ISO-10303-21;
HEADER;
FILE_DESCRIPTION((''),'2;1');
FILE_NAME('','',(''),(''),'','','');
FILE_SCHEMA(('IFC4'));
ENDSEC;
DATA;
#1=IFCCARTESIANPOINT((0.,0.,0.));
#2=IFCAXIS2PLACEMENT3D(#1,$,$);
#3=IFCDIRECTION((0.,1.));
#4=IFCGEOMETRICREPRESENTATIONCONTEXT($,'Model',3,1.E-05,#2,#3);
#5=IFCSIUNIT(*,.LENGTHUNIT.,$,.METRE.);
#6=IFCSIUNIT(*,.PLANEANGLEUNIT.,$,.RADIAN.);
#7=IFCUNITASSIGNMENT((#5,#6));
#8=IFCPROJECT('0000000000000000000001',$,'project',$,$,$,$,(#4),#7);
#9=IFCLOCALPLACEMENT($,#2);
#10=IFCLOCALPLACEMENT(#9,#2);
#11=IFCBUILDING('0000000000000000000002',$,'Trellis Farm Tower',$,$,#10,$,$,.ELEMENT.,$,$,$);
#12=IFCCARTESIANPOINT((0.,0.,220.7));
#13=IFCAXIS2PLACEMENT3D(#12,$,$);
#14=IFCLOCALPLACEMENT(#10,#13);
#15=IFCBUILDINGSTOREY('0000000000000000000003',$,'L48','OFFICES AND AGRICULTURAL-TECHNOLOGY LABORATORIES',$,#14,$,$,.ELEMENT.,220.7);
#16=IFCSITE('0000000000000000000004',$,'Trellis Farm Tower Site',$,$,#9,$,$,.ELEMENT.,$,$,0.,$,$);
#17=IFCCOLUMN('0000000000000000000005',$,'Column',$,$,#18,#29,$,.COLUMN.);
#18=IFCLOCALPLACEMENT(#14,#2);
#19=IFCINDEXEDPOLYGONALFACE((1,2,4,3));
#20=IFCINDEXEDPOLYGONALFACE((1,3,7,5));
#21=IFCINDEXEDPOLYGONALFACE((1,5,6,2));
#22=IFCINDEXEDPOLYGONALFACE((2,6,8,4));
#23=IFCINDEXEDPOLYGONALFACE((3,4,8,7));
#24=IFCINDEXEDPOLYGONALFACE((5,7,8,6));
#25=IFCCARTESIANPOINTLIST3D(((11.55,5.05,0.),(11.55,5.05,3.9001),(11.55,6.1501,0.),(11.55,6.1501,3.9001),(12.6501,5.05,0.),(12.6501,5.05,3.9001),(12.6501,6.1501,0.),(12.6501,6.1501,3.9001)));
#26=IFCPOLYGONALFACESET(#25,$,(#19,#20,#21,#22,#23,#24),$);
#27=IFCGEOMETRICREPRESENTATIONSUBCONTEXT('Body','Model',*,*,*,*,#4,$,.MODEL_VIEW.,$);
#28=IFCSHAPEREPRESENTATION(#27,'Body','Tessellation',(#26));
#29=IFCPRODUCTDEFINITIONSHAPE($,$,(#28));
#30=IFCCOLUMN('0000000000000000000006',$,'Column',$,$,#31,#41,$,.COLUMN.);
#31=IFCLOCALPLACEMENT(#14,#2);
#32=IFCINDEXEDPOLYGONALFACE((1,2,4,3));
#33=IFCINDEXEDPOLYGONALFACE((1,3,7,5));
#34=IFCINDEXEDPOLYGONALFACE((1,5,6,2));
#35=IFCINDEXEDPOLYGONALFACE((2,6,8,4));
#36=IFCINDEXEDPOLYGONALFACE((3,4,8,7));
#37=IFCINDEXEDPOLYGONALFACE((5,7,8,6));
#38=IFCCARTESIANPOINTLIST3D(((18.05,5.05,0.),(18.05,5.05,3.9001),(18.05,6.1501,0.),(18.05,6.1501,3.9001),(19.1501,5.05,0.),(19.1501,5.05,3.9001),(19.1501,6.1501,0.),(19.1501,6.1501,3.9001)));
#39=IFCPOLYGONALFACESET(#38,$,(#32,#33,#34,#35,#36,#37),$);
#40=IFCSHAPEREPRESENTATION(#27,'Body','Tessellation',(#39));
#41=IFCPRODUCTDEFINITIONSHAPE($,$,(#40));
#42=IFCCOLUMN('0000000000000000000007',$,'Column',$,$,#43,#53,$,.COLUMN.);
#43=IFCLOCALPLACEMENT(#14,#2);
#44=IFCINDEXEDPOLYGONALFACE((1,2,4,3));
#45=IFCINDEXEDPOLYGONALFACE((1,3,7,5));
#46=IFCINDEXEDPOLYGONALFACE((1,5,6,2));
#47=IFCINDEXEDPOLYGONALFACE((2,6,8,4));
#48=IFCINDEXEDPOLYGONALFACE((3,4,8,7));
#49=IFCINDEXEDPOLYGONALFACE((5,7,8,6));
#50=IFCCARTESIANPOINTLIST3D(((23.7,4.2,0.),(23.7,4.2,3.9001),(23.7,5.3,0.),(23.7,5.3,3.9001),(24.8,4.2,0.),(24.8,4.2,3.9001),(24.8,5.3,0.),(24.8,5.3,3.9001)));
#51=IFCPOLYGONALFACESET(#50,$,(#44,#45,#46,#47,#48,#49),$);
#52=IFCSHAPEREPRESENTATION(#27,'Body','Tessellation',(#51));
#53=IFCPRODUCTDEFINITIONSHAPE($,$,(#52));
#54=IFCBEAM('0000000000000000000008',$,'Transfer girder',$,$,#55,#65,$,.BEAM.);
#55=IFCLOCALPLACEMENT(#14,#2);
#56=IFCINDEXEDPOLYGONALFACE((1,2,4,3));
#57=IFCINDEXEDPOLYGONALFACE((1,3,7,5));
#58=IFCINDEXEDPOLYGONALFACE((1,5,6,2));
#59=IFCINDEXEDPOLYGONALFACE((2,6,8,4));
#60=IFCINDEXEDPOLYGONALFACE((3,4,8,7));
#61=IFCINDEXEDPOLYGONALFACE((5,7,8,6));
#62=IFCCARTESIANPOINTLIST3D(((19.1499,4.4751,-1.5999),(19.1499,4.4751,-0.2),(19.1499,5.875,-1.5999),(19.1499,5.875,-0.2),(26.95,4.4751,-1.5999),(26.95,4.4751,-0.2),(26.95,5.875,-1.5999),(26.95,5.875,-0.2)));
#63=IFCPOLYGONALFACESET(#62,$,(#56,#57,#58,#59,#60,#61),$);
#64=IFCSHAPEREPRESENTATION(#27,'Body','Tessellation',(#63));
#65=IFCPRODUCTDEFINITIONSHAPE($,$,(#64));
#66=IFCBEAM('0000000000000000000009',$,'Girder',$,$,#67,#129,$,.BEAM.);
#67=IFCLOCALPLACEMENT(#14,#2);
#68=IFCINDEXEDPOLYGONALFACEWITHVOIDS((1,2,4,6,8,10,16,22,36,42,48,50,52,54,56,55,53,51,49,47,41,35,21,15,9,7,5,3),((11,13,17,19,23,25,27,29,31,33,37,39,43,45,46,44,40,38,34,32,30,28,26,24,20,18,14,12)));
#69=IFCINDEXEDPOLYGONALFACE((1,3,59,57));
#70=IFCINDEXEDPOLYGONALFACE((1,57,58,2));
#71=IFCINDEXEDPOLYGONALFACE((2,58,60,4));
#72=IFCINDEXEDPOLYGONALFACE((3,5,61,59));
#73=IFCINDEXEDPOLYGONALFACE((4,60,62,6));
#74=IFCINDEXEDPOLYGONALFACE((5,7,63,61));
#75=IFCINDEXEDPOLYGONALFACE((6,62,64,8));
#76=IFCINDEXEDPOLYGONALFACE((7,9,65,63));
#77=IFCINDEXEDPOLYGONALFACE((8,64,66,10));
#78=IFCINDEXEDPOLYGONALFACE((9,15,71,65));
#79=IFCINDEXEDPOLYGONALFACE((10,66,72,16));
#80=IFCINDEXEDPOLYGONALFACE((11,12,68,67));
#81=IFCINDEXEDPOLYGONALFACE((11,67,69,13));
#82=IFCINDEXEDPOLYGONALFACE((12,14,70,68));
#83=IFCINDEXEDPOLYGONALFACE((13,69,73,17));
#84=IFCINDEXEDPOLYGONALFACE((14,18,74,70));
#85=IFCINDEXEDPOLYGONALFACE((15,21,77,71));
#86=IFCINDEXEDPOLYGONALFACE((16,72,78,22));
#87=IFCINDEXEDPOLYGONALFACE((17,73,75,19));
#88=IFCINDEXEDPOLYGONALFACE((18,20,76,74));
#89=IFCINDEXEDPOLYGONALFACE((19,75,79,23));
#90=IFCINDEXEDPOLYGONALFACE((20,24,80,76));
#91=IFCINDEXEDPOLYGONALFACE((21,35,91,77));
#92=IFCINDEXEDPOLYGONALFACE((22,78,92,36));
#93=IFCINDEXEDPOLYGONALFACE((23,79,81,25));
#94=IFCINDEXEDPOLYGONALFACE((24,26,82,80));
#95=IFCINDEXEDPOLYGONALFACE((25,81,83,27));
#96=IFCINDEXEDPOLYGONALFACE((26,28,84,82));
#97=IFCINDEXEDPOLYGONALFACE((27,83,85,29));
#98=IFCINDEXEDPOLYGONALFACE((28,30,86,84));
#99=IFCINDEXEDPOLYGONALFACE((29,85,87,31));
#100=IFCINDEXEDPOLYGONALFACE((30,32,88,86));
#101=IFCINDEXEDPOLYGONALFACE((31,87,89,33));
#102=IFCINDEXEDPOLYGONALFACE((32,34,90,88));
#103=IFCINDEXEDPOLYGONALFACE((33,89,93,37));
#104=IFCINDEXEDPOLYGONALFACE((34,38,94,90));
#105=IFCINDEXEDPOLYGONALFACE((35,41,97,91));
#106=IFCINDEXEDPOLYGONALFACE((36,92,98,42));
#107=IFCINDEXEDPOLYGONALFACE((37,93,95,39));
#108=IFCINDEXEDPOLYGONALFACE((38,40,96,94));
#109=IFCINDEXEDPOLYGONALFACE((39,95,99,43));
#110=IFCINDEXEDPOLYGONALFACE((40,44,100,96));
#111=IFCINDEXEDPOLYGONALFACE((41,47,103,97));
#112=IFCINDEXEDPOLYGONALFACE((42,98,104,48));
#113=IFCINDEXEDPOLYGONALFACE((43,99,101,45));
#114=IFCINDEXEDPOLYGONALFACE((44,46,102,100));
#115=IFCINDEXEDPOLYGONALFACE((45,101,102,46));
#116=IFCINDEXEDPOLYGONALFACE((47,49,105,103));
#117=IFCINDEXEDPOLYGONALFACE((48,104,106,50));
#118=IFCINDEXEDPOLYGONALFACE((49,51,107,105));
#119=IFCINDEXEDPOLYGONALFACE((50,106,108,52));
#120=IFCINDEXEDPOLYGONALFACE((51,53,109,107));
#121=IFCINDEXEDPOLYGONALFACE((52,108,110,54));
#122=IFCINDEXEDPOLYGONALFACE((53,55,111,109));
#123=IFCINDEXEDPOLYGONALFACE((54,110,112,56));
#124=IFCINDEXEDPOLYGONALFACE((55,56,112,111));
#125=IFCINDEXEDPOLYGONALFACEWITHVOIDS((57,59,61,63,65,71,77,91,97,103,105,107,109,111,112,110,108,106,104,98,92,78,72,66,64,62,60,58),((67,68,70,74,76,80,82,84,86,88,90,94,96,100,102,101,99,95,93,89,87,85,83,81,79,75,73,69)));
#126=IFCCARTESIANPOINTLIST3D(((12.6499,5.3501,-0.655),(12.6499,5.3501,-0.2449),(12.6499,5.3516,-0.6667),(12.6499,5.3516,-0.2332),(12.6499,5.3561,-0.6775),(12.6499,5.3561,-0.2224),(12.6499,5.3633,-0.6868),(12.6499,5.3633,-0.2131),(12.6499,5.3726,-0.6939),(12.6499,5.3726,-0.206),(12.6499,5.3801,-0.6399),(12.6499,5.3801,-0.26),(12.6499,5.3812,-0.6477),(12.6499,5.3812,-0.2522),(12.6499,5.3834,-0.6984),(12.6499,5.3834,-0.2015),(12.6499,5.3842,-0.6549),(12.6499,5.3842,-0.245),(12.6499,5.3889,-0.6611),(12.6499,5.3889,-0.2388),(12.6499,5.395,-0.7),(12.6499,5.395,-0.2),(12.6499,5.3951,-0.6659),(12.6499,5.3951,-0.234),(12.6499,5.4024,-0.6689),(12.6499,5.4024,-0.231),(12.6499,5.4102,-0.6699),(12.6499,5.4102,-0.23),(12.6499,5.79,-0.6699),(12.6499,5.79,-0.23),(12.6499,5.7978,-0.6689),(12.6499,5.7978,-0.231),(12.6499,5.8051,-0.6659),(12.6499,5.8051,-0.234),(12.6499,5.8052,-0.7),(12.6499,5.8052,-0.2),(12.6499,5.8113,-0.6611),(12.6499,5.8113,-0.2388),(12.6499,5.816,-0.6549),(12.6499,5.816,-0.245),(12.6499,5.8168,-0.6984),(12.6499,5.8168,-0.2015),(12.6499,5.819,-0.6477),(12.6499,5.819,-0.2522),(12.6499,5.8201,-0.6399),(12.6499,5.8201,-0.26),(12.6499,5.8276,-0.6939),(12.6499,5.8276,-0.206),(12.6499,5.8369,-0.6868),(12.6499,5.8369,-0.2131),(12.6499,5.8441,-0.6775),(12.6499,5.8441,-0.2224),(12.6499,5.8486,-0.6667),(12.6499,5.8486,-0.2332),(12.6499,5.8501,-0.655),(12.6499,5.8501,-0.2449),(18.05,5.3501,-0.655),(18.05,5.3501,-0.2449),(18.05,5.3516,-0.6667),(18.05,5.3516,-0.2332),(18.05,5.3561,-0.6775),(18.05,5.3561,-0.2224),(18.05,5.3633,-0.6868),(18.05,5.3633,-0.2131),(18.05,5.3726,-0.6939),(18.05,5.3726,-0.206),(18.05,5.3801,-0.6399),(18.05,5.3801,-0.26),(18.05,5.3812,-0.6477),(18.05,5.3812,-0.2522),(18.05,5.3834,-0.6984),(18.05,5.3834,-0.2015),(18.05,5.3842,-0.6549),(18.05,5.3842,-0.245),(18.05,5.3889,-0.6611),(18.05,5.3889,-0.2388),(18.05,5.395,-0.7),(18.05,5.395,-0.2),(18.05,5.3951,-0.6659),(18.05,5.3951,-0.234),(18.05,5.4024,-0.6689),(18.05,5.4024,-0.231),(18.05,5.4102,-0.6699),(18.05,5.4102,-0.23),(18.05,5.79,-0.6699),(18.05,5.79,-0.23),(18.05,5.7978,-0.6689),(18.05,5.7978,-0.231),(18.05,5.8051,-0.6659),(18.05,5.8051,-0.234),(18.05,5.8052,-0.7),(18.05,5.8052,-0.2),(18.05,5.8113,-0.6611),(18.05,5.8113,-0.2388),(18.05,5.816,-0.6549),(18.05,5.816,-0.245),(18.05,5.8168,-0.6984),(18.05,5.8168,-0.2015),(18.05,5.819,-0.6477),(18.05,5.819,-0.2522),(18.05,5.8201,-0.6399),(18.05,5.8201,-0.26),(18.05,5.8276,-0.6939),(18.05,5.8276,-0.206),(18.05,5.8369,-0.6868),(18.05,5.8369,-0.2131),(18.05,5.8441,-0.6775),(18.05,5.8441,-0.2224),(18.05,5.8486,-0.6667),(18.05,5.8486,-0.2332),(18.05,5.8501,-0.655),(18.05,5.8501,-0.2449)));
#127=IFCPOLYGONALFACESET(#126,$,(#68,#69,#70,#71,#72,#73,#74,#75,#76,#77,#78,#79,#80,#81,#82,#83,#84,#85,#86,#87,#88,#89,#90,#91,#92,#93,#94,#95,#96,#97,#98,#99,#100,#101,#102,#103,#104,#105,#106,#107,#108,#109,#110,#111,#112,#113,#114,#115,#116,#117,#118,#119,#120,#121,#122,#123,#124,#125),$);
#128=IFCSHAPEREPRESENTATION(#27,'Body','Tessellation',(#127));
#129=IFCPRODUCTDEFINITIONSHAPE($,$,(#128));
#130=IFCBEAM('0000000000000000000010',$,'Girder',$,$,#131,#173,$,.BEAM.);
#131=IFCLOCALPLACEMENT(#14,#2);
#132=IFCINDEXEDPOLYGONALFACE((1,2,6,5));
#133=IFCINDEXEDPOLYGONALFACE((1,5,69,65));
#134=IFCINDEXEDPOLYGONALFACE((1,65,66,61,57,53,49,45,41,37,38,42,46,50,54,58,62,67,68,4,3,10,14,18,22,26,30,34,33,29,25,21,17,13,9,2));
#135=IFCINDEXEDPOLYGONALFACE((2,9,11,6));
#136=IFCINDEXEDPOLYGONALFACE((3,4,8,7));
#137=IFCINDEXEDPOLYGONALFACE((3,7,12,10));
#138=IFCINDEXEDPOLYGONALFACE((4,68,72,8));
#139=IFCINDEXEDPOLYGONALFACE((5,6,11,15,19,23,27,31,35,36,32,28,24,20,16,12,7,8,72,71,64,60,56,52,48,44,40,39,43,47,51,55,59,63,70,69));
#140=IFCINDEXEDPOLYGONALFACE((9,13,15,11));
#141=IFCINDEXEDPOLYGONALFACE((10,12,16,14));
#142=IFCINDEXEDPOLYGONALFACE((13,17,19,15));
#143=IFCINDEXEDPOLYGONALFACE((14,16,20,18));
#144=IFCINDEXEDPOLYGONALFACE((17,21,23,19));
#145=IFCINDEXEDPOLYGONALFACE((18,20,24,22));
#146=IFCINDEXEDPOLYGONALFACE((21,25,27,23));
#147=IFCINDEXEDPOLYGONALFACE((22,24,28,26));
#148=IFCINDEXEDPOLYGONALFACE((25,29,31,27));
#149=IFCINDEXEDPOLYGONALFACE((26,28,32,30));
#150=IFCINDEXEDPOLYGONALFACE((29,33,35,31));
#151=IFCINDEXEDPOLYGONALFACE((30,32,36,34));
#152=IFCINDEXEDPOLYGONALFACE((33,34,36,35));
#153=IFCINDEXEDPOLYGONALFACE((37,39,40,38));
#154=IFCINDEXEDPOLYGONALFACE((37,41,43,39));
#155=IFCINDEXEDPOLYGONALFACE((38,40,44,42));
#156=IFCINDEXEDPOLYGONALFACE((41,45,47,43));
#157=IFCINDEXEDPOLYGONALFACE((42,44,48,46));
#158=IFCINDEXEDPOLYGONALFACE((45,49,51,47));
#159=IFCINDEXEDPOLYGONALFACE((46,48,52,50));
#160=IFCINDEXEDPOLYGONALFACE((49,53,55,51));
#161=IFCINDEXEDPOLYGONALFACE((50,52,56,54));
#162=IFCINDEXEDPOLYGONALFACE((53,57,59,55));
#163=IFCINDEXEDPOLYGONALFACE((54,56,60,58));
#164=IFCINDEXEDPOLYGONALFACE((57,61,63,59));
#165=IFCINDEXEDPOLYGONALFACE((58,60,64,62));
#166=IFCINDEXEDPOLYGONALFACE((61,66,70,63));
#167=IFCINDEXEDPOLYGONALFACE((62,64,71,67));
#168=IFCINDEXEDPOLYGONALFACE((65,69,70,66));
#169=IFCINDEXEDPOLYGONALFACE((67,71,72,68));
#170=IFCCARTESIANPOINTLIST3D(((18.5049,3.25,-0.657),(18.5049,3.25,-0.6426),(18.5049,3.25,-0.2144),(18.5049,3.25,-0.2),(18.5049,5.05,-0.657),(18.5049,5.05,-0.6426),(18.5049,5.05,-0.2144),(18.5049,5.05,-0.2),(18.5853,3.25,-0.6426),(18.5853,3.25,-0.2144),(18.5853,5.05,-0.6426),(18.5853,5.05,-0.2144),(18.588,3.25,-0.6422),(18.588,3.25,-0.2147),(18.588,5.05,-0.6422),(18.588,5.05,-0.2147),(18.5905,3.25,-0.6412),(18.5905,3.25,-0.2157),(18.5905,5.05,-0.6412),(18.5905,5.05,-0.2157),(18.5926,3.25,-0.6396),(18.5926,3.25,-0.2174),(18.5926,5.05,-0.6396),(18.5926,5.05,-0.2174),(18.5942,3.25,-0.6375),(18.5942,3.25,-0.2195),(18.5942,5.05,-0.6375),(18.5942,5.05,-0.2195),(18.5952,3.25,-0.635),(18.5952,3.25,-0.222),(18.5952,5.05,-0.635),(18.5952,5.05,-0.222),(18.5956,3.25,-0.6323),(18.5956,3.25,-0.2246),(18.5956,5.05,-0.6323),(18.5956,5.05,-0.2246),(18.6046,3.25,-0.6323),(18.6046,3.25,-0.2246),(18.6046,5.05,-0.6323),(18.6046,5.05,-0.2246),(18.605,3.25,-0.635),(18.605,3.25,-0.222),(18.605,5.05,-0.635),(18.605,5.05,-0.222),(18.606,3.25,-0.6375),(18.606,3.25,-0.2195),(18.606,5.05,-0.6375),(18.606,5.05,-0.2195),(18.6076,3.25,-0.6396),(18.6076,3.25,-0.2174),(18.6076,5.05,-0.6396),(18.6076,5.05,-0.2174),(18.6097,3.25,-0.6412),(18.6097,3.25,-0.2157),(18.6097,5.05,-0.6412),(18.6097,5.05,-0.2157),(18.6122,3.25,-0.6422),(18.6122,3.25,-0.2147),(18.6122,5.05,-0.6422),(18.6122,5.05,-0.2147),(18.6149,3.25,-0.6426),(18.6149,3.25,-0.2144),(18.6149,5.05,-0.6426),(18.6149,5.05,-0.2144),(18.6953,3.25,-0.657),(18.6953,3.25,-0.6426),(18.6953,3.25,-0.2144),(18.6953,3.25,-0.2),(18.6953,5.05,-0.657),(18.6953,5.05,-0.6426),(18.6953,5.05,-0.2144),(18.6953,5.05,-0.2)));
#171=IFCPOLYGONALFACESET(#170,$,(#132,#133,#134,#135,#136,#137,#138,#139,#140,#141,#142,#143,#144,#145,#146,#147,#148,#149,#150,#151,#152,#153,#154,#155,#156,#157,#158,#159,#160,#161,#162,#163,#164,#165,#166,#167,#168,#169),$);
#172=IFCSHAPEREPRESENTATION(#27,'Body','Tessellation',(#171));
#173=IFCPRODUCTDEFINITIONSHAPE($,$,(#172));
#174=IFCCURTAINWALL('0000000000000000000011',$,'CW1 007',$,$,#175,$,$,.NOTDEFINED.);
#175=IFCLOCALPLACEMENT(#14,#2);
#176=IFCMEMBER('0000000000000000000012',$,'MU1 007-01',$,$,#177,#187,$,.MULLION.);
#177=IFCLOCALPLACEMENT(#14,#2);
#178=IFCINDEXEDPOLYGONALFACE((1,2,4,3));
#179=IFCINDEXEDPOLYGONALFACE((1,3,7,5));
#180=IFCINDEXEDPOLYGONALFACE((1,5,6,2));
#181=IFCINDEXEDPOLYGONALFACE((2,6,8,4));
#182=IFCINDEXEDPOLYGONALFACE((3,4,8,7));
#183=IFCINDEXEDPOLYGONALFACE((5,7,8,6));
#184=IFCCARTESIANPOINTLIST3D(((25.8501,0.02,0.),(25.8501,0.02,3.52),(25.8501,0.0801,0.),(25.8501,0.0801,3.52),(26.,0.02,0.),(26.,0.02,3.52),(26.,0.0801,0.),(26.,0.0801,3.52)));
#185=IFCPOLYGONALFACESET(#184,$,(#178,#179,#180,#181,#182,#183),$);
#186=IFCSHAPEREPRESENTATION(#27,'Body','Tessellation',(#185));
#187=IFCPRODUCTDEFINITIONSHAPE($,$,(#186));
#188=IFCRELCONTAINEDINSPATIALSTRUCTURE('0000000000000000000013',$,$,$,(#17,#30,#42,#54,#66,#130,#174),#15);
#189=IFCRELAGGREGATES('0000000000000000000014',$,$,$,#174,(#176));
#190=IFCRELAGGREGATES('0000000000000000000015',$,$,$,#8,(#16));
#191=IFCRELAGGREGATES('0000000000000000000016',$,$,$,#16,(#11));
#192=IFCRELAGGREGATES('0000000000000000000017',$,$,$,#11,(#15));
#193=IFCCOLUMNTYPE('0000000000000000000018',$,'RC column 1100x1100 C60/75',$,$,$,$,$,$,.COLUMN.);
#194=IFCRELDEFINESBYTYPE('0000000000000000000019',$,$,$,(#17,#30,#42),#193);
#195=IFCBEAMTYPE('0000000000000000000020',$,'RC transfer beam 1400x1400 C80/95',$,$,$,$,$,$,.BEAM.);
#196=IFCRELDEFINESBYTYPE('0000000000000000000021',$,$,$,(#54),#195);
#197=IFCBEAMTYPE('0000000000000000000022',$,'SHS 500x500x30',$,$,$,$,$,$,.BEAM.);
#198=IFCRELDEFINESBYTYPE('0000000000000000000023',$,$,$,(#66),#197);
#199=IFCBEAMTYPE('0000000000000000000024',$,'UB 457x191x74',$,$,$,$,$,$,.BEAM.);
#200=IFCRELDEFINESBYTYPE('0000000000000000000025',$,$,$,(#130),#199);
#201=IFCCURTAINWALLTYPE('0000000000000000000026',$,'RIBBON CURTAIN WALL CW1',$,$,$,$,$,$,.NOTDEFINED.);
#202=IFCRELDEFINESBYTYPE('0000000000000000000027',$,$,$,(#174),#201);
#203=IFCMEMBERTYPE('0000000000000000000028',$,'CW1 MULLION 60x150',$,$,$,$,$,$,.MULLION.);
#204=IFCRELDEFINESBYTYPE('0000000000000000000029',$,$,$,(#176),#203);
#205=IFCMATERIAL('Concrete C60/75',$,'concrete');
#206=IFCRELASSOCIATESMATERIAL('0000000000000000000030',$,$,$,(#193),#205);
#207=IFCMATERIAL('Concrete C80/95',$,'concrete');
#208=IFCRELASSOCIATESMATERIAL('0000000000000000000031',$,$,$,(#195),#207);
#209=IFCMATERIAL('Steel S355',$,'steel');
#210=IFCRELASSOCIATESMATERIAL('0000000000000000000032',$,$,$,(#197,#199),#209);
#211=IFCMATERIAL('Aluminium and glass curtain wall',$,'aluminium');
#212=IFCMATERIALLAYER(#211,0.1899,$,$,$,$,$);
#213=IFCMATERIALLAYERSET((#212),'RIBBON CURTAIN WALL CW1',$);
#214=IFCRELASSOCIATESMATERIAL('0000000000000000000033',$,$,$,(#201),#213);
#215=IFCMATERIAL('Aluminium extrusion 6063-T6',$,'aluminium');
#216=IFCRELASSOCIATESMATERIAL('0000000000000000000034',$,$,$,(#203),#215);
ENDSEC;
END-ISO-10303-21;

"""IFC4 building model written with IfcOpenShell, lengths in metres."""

from ifc_helpers import new_model, si_unit, direction, frame, origin, origin_2d, place, context, subcontext, project, spatial, rectangle, hollow_rectangle, i_section, extrude, source, transform, mapped, material, layer, layer_set, material_profile, profile_set, type_object, element, aggregate, save


model = new_model("IFC4")

# Units and contexts
model_context = context("Model", 3, precision=1e-05, world=origin(), true_north=direction((0.0, 1.0)))
body_context = subcontext(model_context, "Body", "Model", "MODEL_VIEW")
ifc_project = project(units=[si_unit("LENGTHUNIT", "METRE"), si_unit("PLANEANGLEUNIT", "RADIAN")], contexts=[model_context])

# Site, building, storey
site_placement = place(None, origin())
site = spatial("IfcSite", under=ifc_project, at=site_placement, Name="Trellis Farm Tower Site", CompositionType="ELEMENT", RefElevation=0.0)
building_placement = place(site_placement, origin())
building = spatial("IfcBuilding", under=site, at=building_placement, Name="Trellis Farm Tower", CompositionType="ELEMENT")
storey_placement = place(building_placement, frame((0.0, 0.0, 220.7)))
storey = spatial("IfcBuildingStorey", under=building, at=storey_placement, Name="L48", Description="OFFICES AND AGRICULTURAL-TECHNOLOGY LABORATORIES", CompositionType="ELEMENT", Elevation=220.7)

# Columns
ifc_material_1 = material(Name="Concrete C60/75", Category="concrete")
ifc_material_profile_1 = material_profile(ifc_material_1, rectangle(XDim=1.1001, YDim=1.1001, at=origin_2d()), Name="RC column 1100x1100 C60/75")
ifc_profile_set_1 = profile_set([ifc_material_profile_1], Name="Concrete C60/75")
column_type = type_object("IfcColumnType", Name="RC column 1100x1100 C60/75", PredefinedType="COLUMN", material=ifc_profile_set_1)
shared_shape_1 = source(origin(), body_context, "Body", "SweptSolid", [
    extrude(rectangle(XDim=1.1001, YDim=1.1001, at=origin_2d()), origin(), (0.0, 0.0, 1.0), 3.9001),
])
for number, where, z_axis, x_axis, name in (
    (1, (12.1001, 5.6001, 0.0), (0.0, 0.0, 1.0), (1.0, 0.0, 0.0), "Column"),
    (2, (18.6001, 5.6001, 0.0), (0.0, 0.0, 1.0), (1.0, 0.0, 0.0), "Column"),
    (3, (24.25, 4.75, 0.0), (0.0, 0.0, 1.0), (1.0, 0.0, 0.0), "Column"),
):
    element("IfcColumn", number, at=place(storey_placement, frame(where, z_axis=z_axis, x_axis=x_axis)), inside=storey, type_object=column_type, Name=name, PredefinedType="COLUMN", context=body_context, shape_type="MappedRepresentation", body=[
        mapped(shared_shape_1, transform((0.0, 0.0, 0.0))),
    ])

# Beams
ifc_material_2 = material(Name="Concrete C80/95", Category="concrete")
ifc_material_profile_2 = material_profile(ifc_material_2, rectangle(XDim=1.3999, YDim=1.3999, at=origin_2d()), Name="RC transfer beam 1400x1400 C80/95")
ifc_profile_set_2 = profile_set([ifc_material_profile_2], Name="Concrete C80/95")
beam_type_1 = type_object("IfcBeamType", Name="RC transfer beam 1400x1400 C80/95", PredefinedType="BEAM", material=ifc_profile_set_2)
beam_1_placement = place(storey_placement, frame((19.1499, 5.175, -0.8999), z_axis=(1.0, 0.0, 0.0), x_axis=(0.0, 1.0, 0.0)))
element("IfcBeam", 4, at=beam_1_placement, inside=storey, type_object=beam_type_1, Name="Transfer girder", PredefinedType="BEAM", context=body_context, shape_type="SweptSolid", body=[
    extrude(rectangle(XDim=1.3999, YDim=1.3999, at=origin_2d()), origin(), (0.0, 0.0, 1.0), 7.8),
])
ifc_material_3 = material(Name="Steel S355", Category="steel")
ifc_material_profile_3 = material_profile(ifc_material_3, hollow_rectangle(XDim=0.5, YDim=0.5, WallThickness=0.03, InnerFilletRadius=0.03, OuterFilletRadius=0.0449, at=origin_2d()), Name="SHS 500x500x30")
ifc_profile_set_3 = profile_set([ifc_material_profile_3], Name="Steel S355")
beam_type_2 = type_object("IfcBeamType", Name="SHS 500x500x30", PredefinedType="BEAM", material=ifc_profile_set_3)
shared_shape_2 = source(origin(), body_context, "Body", "SweptSolid", [
    extrude(hollow_rectangle(XDim=0.5, YDim=0.5, WallThickness=0.03, InnerFilletRadius=0.03, OuterFilletRadius=0.0449, at=origin_2d()), origin(), (0.0, 0.0, 1.0), 5.4001),
])
beam_2_placement = place(storey_placement, frame((12.6499, 5.6001, -0.45), z_axis=(1.0, 0.0, 0.0), x_axis=(0.0, 1.0, 0.0)))
element("IfcBeam", 5, at=beam_2_placement, inside=storey, type_object=beam_type_2, Name="Girder", PredefinedType="BEAM", context=body_context, shape_type="MappedRepresentation", body=[
    mapped(shared_shape_2, transform((0.0, 0.0, 0.0))),
])
ifc_material_profile_4 = material_profile(ifc_material_3, i_section(OverallWidth=0.1904, OverallDepth=0.457, WebThickness=0.009, FlangeThickness=0.0144, FilletRadius=0.0103, at=origin_2d()), Name="UB 457x191x74")
ifc_profile_set_4 = profile_set([ifc_material_profile_4], Name="Steel S355")
beam_type_3 = type_object("IfcBeamType", Name="UB 457x191x74", PredefinedType="BEAM", material=ifc_profile_set_4)
shared_shape_3 = source(origin(), body_context, "Body", "SweptSolid", [
    extrude(i_section(OverallWidth=0.1904, OverallDepth=0.457, WebThickness=0.009, FlangeThickness=0.0144, FilletRadius=0.0103, at=origin_2d()), origin(), (0.0, 0.0, 1.0), 1.8),
])
beam_3_placement = place(storey_placement, frame((18.6001, 3.25, -0.4285), z_axis=(0.0, 1.0, 0.0), x_axis=(-1.0, 0.0, 0.0)))
element("IfcBeam", 6, at=beam_3_placement, inside=storey, type_object=beam_type_3, Name="Girder", PredefinedType="BEAM", context=body_context, shape_type="MappedRepresentation", body=[
    mapped(shared_shape_3, transform((0.0, 0.0, 0.0))),
])

# Curtain wall, member
ifc_material_4 = material(Name="Aluminium and glass curtain wall", Category="aluminium")
ifc_layer_1 = layer(ifc_material_4, 0.1899)
ifc_layer_set_1 = layer_set([ifc_layer_1], Name="RIBBON CURTAIN WALL CW1")
curtain_wall_type = type_object("IfcCurtainWallType", Name="RIBBON CURTAIN WALL CW1", PredefinedType="NOTDEFINED", material=ifc_layer_set_1)
placement = place(storey_placement, origin())
curtain_wall_1 = element("IfcCurtainWall", 7, at=placement, inside=storey, type_object=curtain_wall_type, Name="CW1 007", PredefinedType="NOTDEFINED")
ifc_material_5 = material(Name="Aluminium extrusion 6063-T6", Category="aluminium")
ifc_material_profile_5 = material_profile(ifc_material_5, rectangle(XDim=0.0601, YDim=0.1499, at=origin_2d()), Name="MULLION 60x150")
ifc_profile_set_5 = profile_set([ifc_material_profile_5], Name="Aluminium extrusion 6063-T6")
member_type = type_object("IfcMemberType", Name="CW1 MULLION 60x150", PredefinedType="MULLION", material=ifc_profile_set_5)
shared_shape_4 = source(origin(), body_context, "Body", "SweptSolid", [
    extrude(rectangle(XDim=0.0601, YDim=0.1499, at=origin_2d()), origin(), (0.0, 0.0, 1.0), 3.52),
])
member_1_placement = place(storey_placement, frame((25.925, 0.05, 0.0), z_axis=(0.0, 0.0, 1.0), x_axis=(0.0, 1.0, 0.0)))
member_1 = element("IfcMember", 8, at=member_1_placement, type_object=member_type, Name="MU1 007-01", PredefinedType="MULLION", context=body_context, shape_type="MappedRepresentation", body=[
    mapped(shared_shape_4, transform((0.0, 0.0, 0.0))),
])
aggregate(curtain_wall_1, [member_1])

save(model, "model.ifc")
